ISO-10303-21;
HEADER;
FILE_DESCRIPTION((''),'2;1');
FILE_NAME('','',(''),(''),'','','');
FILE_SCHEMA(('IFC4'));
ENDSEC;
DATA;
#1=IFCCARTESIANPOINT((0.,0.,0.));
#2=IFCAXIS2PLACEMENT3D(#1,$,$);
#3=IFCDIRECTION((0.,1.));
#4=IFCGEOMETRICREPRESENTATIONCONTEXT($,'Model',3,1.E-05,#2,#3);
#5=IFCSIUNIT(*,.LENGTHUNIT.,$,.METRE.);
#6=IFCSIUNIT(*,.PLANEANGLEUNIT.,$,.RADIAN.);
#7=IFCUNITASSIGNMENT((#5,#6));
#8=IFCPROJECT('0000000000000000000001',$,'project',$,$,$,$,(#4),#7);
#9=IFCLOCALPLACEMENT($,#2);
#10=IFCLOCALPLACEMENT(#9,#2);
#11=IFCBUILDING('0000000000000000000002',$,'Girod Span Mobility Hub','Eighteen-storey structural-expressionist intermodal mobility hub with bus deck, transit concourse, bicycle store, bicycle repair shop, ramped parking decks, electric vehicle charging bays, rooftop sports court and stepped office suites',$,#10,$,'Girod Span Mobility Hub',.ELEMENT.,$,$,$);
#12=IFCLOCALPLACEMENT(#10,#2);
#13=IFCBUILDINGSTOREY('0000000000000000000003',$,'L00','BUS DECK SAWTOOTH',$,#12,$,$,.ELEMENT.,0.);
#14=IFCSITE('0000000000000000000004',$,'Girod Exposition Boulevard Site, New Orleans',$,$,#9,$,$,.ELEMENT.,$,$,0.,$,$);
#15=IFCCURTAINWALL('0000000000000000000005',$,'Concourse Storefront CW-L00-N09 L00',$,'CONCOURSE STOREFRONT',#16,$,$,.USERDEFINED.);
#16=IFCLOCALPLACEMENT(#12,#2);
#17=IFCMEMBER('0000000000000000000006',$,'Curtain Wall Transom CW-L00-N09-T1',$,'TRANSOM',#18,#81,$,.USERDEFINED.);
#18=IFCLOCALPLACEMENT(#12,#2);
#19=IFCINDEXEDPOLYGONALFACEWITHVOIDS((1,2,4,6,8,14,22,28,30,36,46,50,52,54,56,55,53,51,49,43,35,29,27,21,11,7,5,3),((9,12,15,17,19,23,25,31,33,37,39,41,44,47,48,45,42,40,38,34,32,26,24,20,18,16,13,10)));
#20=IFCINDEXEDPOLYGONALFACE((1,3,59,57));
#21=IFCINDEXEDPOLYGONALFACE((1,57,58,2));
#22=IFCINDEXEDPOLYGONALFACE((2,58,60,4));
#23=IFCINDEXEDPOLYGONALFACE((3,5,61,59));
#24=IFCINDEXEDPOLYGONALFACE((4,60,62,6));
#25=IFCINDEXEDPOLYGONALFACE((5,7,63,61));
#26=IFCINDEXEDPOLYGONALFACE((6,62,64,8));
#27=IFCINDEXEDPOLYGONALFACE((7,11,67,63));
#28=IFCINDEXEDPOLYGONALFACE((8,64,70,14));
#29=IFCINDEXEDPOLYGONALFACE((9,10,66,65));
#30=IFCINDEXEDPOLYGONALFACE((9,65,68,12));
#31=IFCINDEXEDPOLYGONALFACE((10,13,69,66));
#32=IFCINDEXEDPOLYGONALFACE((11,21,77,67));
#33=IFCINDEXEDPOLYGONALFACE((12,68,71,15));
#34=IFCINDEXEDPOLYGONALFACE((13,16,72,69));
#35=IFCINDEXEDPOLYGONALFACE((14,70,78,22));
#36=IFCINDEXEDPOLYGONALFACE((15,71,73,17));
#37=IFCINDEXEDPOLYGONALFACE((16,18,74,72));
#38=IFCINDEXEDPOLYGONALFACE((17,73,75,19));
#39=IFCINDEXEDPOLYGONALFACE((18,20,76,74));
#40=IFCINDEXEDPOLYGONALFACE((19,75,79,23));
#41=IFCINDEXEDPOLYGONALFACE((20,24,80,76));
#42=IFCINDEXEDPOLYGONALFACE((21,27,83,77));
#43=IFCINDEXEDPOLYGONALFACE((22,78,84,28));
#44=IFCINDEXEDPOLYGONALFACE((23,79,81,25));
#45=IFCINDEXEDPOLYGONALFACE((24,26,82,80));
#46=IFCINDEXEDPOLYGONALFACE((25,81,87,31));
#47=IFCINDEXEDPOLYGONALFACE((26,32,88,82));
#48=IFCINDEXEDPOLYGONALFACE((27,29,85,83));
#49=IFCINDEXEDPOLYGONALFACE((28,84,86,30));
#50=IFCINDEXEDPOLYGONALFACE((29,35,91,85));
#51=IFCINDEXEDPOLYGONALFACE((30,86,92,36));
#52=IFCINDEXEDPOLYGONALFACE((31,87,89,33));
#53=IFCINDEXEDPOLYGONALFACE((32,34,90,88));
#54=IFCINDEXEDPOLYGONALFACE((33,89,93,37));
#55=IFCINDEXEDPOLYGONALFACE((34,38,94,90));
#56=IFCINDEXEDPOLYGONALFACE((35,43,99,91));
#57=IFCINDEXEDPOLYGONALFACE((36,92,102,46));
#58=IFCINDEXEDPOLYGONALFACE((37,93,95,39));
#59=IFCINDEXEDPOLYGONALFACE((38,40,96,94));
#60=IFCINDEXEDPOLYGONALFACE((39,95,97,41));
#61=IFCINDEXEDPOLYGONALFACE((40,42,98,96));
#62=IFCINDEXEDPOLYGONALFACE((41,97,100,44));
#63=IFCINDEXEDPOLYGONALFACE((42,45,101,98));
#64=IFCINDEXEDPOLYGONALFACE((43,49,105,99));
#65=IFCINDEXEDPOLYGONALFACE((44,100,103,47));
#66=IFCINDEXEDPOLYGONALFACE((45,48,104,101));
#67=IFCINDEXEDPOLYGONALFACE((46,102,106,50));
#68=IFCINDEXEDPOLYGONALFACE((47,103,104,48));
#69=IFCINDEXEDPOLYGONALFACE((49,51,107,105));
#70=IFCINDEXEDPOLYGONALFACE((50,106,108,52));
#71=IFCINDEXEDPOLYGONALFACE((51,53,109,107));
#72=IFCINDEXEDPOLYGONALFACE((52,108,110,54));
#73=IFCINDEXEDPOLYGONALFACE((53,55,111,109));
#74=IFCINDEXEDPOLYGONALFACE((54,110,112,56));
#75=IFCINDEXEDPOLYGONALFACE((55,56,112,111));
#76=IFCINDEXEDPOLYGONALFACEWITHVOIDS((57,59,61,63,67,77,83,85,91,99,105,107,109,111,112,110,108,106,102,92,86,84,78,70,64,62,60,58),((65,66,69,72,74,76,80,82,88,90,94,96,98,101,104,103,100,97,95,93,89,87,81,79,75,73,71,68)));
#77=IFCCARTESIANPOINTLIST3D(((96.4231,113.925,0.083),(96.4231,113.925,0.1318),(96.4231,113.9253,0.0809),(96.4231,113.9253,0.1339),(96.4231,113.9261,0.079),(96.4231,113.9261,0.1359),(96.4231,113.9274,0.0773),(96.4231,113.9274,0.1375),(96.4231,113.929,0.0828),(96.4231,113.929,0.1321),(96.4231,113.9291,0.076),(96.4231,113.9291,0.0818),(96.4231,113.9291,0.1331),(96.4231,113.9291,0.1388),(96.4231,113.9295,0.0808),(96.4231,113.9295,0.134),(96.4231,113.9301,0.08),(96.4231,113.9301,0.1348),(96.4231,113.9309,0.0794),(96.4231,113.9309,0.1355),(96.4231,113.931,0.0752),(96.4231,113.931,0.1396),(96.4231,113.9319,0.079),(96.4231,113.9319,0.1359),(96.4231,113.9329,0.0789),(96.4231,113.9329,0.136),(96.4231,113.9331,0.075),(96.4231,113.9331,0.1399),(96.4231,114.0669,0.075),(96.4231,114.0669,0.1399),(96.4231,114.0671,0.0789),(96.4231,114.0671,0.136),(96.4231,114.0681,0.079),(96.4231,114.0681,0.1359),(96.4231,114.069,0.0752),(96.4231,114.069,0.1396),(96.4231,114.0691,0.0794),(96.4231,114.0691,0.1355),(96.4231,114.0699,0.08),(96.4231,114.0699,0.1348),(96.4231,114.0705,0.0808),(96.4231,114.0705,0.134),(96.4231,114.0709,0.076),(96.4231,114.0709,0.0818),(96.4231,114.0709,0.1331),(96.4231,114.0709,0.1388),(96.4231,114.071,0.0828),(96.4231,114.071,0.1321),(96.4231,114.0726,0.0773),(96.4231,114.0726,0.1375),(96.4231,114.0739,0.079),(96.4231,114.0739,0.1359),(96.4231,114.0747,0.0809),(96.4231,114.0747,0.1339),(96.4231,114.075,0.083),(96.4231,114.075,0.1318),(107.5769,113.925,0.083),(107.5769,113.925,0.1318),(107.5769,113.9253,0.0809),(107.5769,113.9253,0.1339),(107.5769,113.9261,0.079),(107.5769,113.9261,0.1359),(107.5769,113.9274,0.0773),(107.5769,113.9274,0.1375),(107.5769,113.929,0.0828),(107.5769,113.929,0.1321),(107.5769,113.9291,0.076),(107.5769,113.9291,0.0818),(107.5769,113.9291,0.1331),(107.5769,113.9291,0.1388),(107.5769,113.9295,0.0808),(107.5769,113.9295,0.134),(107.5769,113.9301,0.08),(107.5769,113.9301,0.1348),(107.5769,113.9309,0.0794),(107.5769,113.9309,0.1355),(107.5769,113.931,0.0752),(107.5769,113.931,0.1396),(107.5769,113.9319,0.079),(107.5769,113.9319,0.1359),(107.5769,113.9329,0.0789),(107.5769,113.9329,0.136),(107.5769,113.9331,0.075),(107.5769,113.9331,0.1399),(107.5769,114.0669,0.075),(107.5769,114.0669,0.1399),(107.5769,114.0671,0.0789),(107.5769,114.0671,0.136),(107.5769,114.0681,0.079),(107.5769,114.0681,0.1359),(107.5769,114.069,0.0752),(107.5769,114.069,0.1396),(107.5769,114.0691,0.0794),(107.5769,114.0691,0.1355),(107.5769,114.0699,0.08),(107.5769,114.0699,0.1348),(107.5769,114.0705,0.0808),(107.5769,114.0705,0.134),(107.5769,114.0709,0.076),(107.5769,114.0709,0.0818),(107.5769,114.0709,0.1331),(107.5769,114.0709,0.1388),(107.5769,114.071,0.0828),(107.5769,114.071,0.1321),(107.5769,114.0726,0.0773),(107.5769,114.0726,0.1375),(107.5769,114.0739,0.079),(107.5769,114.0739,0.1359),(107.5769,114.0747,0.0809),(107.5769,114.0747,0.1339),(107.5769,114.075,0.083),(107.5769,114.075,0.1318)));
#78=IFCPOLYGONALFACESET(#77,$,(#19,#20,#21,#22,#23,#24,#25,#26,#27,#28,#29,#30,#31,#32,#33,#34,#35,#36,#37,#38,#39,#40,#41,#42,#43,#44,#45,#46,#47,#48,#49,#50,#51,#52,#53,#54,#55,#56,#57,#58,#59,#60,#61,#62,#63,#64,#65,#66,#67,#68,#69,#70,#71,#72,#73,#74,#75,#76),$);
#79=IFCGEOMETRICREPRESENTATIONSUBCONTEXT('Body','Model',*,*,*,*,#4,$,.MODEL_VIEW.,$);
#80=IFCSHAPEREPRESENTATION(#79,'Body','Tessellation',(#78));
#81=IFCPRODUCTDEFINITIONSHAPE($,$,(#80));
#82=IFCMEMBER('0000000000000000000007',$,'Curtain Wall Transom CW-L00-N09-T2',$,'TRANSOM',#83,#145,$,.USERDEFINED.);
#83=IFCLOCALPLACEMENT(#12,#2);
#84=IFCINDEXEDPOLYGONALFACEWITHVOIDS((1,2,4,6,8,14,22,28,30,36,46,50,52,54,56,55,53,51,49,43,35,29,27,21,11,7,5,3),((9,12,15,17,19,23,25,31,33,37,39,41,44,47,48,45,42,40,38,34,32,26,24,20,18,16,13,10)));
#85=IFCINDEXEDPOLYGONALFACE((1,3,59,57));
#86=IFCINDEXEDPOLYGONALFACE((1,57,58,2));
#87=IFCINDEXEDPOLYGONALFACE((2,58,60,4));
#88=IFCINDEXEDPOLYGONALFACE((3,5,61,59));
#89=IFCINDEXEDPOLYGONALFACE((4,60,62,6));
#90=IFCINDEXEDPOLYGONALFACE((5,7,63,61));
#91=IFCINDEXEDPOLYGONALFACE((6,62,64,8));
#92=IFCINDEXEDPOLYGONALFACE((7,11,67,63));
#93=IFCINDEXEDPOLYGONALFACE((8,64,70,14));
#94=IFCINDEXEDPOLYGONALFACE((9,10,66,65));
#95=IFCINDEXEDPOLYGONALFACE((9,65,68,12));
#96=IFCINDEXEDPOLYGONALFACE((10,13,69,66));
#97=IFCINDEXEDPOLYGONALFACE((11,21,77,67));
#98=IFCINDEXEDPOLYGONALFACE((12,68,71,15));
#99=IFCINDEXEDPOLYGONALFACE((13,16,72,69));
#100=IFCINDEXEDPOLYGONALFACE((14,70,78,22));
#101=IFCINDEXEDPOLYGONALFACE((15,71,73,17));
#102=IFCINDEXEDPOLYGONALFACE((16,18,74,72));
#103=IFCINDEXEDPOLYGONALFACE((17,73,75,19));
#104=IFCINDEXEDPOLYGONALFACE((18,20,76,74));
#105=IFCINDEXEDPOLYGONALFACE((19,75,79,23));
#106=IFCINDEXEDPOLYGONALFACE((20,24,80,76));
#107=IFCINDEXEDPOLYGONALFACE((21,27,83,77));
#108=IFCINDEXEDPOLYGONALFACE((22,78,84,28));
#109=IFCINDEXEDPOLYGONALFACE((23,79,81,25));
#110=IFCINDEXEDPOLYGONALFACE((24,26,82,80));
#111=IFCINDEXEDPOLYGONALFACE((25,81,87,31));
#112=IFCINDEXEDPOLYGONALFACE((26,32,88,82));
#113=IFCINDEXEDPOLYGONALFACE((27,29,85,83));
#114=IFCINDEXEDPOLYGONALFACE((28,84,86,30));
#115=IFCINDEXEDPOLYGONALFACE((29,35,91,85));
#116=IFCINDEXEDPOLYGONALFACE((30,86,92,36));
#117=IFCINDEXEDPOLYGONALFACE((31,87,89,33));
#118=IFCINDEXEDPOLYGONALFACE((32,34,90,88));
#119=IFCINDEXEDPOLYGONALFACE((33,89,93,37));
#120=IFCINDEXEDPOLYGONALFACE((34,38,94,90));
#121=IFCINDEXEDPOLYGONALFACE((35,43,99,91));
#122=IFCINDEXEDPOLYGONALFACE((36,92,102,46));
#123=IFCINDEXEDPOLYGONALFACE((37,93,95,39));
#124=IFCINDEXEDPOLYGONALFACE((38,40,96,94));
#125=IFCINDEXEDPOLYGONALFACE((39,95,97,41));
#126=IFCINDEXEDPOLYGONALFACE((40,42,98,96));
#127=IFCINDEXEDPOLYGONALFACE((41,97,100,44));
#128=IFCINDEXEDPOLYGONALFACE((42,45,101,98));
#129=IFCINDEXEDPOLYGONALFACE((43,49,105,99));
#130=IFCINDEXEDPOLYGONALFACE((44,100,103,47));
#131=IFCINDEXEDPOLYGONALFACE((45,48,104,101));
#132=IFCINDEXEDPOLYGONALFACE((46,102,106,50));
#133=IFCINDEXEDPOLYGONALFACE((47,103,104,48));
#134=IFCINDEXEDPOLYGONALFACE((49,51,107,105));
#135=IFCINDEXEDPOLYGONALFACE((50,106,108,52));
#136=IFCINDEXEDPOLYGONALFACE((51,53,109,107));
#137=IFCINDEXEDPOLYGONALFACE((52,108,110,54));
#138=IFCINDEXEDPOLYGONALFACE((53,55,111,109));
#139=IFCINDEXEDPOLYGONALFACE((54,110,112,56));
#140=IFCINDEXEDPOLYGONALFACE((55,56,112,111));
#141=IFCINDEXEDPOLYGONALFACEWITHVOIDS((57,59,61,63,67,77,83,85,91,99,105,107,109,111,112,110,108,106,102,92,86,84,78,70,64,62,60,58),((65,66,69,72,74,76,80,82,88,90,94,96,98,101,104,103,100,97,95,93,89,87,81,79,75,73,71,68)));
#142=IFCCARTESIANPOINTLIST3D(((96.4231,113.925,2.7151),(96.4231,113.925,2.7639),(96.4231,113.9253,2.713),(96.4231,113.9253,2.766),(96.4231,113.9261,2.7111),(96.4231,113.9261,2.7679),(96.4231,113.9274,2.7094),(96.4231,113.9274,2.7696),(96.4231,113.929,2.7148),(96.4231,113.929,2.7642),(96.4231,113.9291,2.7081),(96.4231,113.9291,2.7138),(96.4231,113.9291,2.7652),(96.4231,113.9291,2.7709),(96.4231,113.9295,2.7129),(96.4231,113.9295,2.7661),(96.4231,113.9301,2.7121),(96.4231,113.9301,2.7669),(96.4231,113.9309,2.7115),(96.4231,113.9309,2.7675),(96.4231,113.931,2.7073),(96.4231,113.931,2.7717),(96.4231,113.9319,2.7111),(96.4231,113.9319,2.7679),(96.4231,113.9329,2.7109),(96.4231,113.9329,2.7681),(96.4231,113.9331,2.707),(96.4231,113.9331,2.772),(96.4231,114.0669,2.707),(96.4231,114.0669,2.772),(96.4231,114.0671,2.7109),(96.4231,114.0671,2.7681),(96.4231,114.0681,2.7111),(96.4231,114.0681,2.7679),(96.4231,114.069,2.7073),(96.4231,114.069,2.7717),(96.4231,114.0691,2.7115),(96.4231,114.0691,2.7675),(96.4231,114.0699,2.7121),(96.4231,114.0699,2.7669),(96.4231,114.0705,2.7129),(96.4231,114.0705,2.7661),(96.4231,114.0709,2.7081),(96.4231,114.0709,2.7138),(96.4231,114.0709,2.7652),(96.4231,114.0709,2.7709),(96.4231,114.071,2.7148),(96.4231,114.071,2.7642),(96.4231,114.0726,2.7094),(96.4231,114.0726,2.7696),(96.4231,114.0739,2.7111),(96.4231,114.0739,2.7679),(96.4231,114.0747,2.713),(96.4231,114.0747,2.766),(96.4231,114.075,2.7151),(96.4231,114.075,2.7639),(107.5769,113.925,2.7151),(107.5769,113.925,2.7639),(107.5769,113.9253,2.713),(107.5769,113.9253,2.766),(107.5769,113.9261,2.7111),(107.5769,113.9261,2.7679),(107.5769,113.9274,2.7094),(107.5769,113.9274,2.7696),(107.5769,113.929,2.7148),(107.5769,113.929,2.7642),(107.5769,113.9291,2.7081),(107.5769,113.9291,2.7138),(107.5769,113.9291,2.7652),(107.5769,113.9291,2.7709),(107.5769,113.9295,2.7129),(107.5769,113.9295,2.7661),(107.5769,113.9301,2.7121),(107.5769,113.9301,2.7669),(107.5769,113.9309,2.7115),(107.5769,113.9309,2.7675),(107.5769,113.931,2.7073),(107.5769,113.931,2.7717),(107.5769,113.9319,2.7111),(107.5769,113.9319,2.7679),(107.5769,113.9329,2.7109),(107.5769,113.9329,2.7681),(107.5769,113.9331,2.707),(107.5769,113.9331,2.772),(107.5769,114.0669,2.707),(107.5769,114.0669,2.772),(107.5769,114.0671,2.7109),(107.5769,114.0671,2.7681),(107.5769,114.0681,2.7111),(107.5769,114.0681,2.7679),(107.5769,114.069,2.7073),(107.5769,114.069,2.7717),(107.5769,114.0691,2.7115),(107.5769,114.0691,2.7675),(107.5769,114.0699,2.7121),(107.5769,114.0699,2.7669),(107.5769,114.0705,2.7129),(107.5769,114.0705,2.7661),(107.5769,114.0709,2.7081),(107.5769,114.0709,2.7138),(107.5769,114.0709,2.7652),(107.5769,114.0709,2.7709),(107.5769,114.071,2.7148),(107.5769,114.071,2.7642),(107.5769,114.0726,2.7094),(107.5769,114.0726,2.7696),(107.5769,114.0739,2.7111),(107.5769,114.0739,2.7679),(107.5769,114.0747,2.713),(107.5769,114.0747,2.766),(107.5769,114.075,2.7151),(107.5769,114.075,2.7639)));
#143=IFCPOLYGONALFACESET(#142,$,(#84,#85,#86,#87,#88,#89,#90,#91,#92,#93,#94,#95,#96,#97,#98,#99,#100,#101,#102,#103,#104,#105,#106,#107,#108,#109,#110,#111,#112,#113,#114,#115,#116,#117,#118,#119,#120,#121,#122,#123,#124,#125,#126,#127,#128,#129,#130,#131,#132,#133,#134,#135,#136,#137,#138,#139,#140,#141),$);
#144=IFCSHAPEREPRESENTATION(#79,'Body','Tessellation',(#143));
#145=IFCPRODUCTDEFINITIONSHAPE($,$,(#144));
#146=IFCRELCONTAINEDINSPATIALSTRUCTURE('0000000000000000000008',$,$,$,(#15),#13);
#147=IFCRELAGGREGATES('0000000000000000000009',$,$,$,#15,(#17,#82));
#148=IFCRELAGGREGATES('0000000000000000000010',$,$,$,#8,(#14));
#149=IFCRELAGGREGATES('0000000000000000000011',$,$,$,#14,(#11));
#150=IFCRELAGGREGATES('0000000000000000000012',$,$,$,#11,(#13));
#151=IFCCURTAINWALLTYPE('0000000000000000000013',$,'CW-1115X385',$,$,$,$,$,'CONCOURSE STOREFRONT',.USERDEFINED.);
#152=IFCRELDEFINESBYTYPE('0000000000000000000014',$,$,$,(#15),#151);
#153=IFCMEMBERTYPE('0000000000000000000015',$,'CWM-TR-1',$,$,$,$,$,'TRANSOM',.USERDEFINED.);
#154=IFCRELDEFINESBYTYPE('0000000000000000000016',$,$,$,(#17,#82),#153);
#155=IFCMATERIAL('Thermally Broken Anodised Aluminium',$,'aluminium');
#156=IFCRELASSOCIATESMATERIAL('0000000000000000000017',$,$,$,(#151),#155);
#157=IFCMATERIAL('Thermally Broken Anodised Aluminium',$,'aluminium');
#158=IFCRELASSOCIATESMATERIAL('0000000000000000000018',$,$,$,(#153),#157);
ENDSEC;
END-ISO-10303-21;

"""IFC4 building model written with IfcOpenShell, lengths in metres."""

from ifc_helpers import new_model, si_unit, direction, frame, origin, origin_2d, place, context, subcontext, project, spatial, hollow_rectangle, extrude, material, material_profile, profile_set, type_object, element, aggregate, save


model = new_model("IFC4")

# Units and contexts
model_context = context("Model", 3, precision=1e-05, world=origin(), true_north=direction((0.0, 1.0)))
body_context = subcontext(model_context, "Body", "Model", "MODEL_VIEW")
ifc_project = project(units=[si_unit("LENGTHUNIT", "METRE"), si_unit("PLANEANGLEUNIT", "RADIAN")], contexts=[model_context])

# Site, building, storey
site_placement = place(None, origin())
site = spatial("IfcSite", under=ifc_project, at=site_placement, Name="Girod Exposition Boulevard Site, New Orleans", CompositionType="ELEMENT", RefElevation=0.0)
building_placement = place(site_placement, origin())
building = spatial("IfcBuilding", under=site, at=building_placement, Name="Girod Span Mobility Hub", Description="Eighteen-storey structural-expressionist intermodal mobility hub with bus deck, transit concourse, bicycle store, bicycle repair shop, ramped parking decks, electric vehicle charging bays, rooftop sports court and stepped office suites", LongName="Girod Span Mobility Hub", CompositionType="ELEMENT")
storey_placement = place(building_placement, origin())
storey = spatial("IfcBuildingStorey", under=building, at=storey_placement, Name="L00", Description="BUS DECK SAWTOOTH", CompositionType="ELEMENT", Elevation=0.0)

# Curtain wall, members
ifc_material_1 = material(Name="Thermally Broken Anodised Aluminium", Category="aluminium")
curtain_wall_type = type_object("IfcCurtainWallType", Name="CW-1115X385", ElementType="CONCOURSE STOREFRONT", PredefinedType="USERDEFINED", material=ifc_material_1)
curtain_wall_placement = place(storey_placement, origin())
curtain_wall = element("IfcCurtainWall", 1, at=curtain_wall_placement, inside=storey, type_object=curtain_wall_type, Name="Concourse Storefront CW-L00-N09 L00", ObjectType="CONCOURSE STOREFRONT", PredefinedType="USERDEFINED")
ifc_material_2 = material(Name="Thermally Broken Anodised Aluminium", Category="aluminium")
ifc_material_profile_1 = material_profile(ifc_material_2, hollow_rectangle(XDim=0.1499, YDim=0.0649, WallThickness=0.0039, InnerFilletRadius=0.0039, OuterFilletRadius=0.0081, at=origin_2d()), Name="CW-TR-65X150")
ifc_profile_set_1 = profile_set([ifc_material_profile_1], Name="Thermally Broken Anodised Aluminium")
member_type_1 = type_object("IfcMemberType", Name="CWM-TR-1", ElementType="TRANSOM", PredefinedType="USERDEFINED", material=ifc_profile_set_1)
member_1_placement = place(storey_placement, frame((96.4231, 114.0, 0.1074), z_axis=(1.0, 0.0, 0.0), x_axis=(0.0, 1.0, 0.0)))
member_1 = element("IfcMember", 2, at=member_1_placement, type_object=member_type_1, Name="Curtain Wall Transom CW-L00-N09-T1", ObjectType="TRANSOM", PredefinedType="USERDEFINED", context=body_context, shape_type="SweptSolid", body=[
    extrude(hollow_rectangle(XDim=0.1499, YDim=0.0649, WallThickness=0.0039, InnerFilletRadius=0.0039, OuterFilletRadius=0.0081, at=origin_2d()), origin(), (0.0, 0.0, 1.0), 11.1538),
])
member_2_placement = place(storey_placement, frame((96.4231, 114.0, 2.7395), z_axis=(1.0, 0.0, 0.0), x_axis=(0.0, 1.0, 0.0)))
member_2 = element("IfcMember", 3, at=member_2_placement, type_object=member_type_1, Name="Curtain Wall Transom CW-L00-N09-T2", ObjectType="TRANSOM", PredefinedType="USERDEFINED", context=body_context, shape_type="SweptSolid", body=[
    extrude(hollow_rectangle(XDim=0.1499, YDim=0.0649, WallThickness=0.0039, InnerFilletRadius=0.0039, OuterFilletRadius=0.0081, at=origin_2d()), origin(), (0.0, 0.0, 1.0), 11.1538),
])
aggregate(curtain_wall, [member_1, member_2])

save(model, "model.ifc")
